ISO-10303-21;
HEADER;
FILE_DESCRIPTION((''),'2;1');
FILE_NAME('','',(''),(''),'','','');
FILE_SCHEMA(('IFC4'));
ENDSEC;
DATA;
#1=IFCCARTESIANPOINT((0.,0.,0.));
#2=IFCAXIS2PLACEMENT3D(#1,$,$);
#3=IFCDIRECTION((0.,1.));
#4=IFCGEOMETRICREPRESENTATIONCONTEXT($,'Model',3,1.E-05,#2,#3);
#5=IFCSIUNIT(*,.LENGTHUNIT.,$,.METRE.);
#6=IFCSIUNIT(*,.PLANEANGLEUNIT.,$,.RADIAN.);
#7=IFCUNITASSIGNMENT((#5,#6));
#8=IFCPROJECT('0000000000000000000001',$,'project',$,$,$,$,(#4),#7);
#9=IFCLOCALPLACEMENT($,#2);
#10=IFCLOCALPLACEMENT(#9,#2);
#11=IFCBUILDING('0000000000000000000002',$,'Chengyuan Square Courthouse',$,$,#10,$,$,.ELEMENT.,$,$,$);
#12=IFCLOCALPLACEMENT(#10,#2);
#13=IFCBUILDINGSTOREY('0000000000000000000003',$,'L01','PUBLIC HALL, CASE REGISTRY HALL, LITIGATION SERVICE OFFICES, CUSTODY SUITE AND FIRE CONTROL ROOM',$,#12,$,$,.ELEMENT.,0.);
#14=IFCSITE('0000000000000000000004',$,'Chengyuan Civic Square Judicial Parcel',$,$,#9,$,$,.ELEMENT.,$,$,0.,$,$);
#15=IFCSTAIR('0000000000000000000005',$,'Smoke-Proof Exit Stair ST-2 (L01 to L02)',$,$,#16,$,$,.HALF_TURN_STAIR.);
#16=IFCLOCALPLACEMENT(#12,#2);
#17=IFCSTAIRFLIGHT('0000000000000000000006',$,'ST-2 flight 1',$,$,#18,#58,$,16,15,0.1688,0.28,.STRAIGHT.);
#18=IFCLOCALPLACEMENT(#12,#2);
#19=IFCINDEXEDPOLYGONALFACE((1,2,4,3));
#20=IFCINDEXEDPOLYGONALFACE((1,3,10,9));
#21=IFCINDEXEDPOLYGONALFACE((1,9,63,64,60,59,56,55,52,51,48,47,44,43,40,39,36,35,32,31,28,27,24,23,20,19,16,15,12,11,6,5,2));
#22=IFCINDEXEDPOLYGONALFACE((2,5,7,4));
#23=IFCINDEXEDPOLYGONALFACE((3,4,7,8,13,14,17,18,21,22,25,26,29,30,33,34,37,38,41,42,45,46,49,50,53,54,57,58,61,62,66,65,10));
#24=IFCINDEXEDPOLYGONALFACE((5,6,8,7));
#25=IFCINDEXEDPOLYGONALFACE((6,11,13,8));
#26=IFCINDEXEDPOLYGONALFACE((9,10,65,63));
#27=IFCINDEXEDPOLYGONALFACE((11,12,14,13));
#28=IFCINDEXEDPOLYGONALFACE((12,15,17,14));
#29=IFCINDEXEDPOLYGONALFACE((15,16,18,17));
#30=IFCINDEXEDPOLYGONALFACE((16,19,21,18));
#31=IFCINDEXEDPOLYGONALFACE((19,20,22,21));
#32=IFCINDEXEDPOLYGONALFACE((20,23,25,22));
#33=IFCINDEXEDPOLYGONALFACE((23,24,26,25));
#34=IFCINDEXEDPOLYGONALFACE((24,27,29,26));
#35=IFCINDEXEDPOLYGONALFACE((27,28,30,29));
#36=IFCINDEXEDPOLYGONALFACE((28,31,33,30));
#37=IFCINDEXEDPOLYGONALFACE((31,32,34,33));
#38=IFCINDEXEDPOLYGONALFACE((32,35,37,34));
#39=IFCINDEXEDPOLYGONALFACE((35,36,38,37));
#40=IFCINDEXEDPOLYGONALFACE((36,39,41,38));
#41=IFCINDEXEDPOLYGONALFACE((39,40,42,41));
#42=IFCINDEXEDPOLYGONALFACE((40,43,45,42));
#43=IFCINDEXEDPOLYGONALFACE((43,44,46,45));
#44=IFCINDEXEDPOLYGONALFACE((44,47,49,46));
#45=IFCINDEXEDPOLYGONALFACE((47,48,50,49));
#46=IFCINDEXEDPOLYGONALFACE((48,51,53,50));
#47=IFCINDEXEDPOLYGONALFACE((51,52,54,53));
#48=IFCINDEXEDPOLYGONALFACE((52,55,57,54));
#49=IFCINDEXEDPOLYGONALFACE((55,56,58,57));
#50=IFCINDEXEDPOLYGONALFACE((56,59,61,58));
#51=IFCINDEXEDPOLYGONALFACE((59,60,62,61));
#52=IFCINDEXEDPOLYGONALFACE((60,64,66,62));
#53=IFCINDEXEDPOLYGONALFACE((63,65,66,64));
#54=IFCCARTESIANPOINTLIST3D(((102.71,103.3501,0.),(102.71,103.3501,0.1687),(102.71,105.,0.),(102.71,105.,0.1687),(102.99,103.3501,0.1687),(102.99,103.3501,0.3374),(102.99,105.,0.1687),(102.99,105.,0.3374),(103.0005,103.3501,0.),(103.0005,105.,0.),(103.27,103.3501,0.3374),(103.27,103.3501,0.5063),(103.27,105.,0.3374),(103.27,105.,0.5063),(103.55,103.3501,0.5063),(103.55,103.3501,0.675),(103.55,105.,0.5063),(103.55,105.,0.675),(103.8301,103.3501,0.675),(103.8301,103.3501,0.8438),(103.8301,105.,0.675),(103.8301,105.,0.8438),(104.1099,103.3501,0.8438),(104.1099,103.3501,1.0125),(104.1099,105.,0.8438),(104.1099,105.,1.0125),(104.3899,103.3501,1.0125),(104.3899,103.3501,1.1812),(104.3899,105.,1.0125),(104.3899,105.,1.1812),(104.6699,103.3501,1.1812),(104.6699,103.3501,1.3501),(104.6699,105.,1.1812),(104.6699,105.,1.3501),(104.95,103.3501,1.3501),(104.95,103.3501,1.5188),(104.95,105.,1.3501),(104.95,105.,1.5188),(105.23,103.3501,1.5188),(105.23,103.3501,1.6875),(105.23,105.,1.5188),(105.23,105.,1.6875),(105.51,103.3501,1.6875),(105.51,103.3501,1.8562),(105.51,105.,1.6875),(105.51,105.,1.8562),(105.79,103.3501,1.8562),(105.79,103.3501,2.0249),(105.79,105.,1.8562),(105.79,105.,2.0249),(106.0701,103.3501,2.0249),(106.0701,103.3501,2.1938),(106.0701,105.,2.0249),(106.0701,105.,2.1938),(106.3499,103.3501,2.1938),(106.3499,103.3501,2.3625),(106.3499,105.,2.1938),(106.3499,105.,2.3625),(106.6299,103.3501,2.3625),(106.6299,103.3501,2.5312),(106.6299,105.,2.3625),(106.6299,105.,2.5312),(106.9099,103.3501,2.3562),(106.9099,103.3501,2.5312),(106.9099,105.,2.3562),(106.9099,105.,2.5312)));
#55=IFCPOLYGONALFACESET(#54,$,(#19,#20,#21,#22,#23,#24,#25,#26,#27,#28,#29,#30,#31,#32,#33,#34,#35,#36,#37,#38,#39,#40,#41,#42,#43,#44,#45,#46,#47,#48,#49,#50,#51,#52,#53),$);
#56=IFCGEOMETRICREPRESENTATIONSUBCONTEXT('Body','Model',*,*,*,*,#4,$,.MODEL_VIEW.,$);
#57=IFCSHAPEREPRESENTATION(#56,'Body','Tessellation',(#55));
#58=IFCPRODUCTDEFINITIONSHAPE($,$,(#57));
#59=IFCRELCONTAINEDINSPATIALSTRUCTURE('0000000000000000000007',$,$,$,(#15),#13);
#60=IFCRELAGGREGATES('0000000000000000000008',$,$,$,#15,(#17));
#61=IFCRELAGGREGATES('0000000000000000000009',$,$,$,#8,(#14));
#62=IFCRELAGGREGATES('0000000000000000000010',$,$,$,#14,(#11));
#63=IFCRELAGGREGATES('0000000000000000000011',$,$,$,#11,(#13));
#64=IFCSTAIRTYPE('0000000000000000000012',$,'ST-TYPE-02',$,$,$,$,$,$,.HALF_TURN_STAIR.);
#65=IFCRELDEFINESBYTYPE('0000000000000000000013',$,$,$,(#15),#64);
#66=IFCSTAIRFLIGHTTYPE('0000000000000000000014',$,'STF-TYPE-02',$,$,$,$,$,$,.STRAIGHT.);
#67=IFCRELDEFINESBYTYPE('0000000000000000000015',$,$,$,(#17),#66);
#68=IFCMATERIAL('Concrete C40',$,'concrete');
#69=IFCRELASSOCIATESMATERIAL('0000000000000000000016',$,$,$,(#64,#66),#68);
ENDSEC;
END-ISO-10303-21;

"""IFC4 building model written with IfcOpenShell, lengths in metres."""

from ifc_helpers import new_model, si_unit, direction, frame, origin, place, context, subcontext, project, spatial, polyline, outline, extrude, material, type_object, element, aggregate, save


model = new_model("IFC4")

# Units and contexts
model_context = context("Model", 3, precision=1e-05, world=origin(), true_north=direction((0.0, 1.0)))
body_context = subcontext(model_context, "Body", "Model", "MODEL_VIEW")
ifc_project = project(units=[si_unit("LENGTHUNIT", "METRE"), si_unit("PLANEANGLEUNIT", "RADIAN")], contexts=[model_context])

# Site, building, storey
site_placement = place(None, origin())
site = spatial("IfcSite", under=ifc_project, at=site_placement, Name="Chengyuan Civic Square Judicial Parcel", CompositionType="ELEMENT", RefElevation=0.0)
building_placement = place(site_placement, origin())
building = spatial("IfcBuilding", under=site, at=building_placement, Name="Chengyuan Square Courthouse", CompositionType="ELEMENT")
storey_placement = place(building_placement, origin())
storey = spatial("IfcBuildingStorey", under=building, at=storey_placement, Name="L01", Description="PUBLIC HALL, CASE REGISTRY HALL, LITIGATION SERVICE OFFICES, CUSTODY SUITE AND FIRE CONTROL ROOM", CompositionType="ELEMENT", Elevation=0.0)

# Shared definitions
ifc_material_1 = material(Name="Concrete C40", Category="concrete")

# Stair, stair flight
stair_type = type_object("IfcStairType", Name="ST-TYPE-02", PredefinedType="HALF_TURN_STAIR", material=ifc_material_1)
stair_placement = place(storey_placement, origin())
stair = element("IfcStair", 1, at=stair_placement, inside=storey, type_object=stair_type, Name="Smoke-Proof Exit Stair ST-2 (L01 to L02)", PredefinedType="HALF_TURN_STAIR")
stair_flight_type = type_object("IfcStairFlightType", Name="STF-TYPE-02", PredefinedType="STRAIGHT", material=ifc_material_1)
stair_flight_placement = place(storey_placement, frame((102.71, 104.175, 0.0), z_axis=(0.0, 0.0, 1.0), x_axis=(1.0, 0.0, 0.0)))
stair_flight = element("IfcStairFlight", 2, at=stair_flight_placement, type_object=stair_flight_type, Name="ST-2 flight 1", NumberOfRisers=16, NumberOfTreads=15, PredefinedType="STRAIGHT", RiserHeight=0.1688, TreadLength=0.28, context=body_context, shape_type="SweptSolid", body=[
    extrude(outline(polyline([(0.0, 0.0), (0.0, 0.1687), (0.28, 0.1687), (0.28, 0.3374), (0.5601, 0.3374), (0.5601, 0.5063), (0.8401, 0.5063), (0.8401, 0.675), (1.1201, 0.675), (1.1201, 0.8438), (1.3999, 0.8438), (1.3999, 1.0125), (1.6799, 1.0125), (1.6799, 1.1812), (1.96, 1.1812), (1.96, 1.3501), (2.24, 1.3501), (2.24, 1.5188), (2.52, 1.5188), (2.52, 1.6875), (2.8, 1.6875), (2.8, 1.8562), (3.0801, 1.8562), (3.0801, 2.0249), (3.3601, 2.0249), (3.3601, 2.1938), (3.6399, 2.1938), (3.6399, 2.3625), (3.9199, 2.3625), (3.9199, 2.5312), (4.2, 2.5312), (4.2, 2.7), (4.2, 2.3562), (0.2905, 0.0), (0.0, 0.0)])), frame((0.0, 0.825, 0.0), z_axis=(0.0, -1.0, 0.0), x_axis=(1.0, 0.0, 0.0)), (0.0, 0.0, 1.0), 1.6499),
])
aggregate(stair, [stair_flight])

save(model, "model.ifc")
